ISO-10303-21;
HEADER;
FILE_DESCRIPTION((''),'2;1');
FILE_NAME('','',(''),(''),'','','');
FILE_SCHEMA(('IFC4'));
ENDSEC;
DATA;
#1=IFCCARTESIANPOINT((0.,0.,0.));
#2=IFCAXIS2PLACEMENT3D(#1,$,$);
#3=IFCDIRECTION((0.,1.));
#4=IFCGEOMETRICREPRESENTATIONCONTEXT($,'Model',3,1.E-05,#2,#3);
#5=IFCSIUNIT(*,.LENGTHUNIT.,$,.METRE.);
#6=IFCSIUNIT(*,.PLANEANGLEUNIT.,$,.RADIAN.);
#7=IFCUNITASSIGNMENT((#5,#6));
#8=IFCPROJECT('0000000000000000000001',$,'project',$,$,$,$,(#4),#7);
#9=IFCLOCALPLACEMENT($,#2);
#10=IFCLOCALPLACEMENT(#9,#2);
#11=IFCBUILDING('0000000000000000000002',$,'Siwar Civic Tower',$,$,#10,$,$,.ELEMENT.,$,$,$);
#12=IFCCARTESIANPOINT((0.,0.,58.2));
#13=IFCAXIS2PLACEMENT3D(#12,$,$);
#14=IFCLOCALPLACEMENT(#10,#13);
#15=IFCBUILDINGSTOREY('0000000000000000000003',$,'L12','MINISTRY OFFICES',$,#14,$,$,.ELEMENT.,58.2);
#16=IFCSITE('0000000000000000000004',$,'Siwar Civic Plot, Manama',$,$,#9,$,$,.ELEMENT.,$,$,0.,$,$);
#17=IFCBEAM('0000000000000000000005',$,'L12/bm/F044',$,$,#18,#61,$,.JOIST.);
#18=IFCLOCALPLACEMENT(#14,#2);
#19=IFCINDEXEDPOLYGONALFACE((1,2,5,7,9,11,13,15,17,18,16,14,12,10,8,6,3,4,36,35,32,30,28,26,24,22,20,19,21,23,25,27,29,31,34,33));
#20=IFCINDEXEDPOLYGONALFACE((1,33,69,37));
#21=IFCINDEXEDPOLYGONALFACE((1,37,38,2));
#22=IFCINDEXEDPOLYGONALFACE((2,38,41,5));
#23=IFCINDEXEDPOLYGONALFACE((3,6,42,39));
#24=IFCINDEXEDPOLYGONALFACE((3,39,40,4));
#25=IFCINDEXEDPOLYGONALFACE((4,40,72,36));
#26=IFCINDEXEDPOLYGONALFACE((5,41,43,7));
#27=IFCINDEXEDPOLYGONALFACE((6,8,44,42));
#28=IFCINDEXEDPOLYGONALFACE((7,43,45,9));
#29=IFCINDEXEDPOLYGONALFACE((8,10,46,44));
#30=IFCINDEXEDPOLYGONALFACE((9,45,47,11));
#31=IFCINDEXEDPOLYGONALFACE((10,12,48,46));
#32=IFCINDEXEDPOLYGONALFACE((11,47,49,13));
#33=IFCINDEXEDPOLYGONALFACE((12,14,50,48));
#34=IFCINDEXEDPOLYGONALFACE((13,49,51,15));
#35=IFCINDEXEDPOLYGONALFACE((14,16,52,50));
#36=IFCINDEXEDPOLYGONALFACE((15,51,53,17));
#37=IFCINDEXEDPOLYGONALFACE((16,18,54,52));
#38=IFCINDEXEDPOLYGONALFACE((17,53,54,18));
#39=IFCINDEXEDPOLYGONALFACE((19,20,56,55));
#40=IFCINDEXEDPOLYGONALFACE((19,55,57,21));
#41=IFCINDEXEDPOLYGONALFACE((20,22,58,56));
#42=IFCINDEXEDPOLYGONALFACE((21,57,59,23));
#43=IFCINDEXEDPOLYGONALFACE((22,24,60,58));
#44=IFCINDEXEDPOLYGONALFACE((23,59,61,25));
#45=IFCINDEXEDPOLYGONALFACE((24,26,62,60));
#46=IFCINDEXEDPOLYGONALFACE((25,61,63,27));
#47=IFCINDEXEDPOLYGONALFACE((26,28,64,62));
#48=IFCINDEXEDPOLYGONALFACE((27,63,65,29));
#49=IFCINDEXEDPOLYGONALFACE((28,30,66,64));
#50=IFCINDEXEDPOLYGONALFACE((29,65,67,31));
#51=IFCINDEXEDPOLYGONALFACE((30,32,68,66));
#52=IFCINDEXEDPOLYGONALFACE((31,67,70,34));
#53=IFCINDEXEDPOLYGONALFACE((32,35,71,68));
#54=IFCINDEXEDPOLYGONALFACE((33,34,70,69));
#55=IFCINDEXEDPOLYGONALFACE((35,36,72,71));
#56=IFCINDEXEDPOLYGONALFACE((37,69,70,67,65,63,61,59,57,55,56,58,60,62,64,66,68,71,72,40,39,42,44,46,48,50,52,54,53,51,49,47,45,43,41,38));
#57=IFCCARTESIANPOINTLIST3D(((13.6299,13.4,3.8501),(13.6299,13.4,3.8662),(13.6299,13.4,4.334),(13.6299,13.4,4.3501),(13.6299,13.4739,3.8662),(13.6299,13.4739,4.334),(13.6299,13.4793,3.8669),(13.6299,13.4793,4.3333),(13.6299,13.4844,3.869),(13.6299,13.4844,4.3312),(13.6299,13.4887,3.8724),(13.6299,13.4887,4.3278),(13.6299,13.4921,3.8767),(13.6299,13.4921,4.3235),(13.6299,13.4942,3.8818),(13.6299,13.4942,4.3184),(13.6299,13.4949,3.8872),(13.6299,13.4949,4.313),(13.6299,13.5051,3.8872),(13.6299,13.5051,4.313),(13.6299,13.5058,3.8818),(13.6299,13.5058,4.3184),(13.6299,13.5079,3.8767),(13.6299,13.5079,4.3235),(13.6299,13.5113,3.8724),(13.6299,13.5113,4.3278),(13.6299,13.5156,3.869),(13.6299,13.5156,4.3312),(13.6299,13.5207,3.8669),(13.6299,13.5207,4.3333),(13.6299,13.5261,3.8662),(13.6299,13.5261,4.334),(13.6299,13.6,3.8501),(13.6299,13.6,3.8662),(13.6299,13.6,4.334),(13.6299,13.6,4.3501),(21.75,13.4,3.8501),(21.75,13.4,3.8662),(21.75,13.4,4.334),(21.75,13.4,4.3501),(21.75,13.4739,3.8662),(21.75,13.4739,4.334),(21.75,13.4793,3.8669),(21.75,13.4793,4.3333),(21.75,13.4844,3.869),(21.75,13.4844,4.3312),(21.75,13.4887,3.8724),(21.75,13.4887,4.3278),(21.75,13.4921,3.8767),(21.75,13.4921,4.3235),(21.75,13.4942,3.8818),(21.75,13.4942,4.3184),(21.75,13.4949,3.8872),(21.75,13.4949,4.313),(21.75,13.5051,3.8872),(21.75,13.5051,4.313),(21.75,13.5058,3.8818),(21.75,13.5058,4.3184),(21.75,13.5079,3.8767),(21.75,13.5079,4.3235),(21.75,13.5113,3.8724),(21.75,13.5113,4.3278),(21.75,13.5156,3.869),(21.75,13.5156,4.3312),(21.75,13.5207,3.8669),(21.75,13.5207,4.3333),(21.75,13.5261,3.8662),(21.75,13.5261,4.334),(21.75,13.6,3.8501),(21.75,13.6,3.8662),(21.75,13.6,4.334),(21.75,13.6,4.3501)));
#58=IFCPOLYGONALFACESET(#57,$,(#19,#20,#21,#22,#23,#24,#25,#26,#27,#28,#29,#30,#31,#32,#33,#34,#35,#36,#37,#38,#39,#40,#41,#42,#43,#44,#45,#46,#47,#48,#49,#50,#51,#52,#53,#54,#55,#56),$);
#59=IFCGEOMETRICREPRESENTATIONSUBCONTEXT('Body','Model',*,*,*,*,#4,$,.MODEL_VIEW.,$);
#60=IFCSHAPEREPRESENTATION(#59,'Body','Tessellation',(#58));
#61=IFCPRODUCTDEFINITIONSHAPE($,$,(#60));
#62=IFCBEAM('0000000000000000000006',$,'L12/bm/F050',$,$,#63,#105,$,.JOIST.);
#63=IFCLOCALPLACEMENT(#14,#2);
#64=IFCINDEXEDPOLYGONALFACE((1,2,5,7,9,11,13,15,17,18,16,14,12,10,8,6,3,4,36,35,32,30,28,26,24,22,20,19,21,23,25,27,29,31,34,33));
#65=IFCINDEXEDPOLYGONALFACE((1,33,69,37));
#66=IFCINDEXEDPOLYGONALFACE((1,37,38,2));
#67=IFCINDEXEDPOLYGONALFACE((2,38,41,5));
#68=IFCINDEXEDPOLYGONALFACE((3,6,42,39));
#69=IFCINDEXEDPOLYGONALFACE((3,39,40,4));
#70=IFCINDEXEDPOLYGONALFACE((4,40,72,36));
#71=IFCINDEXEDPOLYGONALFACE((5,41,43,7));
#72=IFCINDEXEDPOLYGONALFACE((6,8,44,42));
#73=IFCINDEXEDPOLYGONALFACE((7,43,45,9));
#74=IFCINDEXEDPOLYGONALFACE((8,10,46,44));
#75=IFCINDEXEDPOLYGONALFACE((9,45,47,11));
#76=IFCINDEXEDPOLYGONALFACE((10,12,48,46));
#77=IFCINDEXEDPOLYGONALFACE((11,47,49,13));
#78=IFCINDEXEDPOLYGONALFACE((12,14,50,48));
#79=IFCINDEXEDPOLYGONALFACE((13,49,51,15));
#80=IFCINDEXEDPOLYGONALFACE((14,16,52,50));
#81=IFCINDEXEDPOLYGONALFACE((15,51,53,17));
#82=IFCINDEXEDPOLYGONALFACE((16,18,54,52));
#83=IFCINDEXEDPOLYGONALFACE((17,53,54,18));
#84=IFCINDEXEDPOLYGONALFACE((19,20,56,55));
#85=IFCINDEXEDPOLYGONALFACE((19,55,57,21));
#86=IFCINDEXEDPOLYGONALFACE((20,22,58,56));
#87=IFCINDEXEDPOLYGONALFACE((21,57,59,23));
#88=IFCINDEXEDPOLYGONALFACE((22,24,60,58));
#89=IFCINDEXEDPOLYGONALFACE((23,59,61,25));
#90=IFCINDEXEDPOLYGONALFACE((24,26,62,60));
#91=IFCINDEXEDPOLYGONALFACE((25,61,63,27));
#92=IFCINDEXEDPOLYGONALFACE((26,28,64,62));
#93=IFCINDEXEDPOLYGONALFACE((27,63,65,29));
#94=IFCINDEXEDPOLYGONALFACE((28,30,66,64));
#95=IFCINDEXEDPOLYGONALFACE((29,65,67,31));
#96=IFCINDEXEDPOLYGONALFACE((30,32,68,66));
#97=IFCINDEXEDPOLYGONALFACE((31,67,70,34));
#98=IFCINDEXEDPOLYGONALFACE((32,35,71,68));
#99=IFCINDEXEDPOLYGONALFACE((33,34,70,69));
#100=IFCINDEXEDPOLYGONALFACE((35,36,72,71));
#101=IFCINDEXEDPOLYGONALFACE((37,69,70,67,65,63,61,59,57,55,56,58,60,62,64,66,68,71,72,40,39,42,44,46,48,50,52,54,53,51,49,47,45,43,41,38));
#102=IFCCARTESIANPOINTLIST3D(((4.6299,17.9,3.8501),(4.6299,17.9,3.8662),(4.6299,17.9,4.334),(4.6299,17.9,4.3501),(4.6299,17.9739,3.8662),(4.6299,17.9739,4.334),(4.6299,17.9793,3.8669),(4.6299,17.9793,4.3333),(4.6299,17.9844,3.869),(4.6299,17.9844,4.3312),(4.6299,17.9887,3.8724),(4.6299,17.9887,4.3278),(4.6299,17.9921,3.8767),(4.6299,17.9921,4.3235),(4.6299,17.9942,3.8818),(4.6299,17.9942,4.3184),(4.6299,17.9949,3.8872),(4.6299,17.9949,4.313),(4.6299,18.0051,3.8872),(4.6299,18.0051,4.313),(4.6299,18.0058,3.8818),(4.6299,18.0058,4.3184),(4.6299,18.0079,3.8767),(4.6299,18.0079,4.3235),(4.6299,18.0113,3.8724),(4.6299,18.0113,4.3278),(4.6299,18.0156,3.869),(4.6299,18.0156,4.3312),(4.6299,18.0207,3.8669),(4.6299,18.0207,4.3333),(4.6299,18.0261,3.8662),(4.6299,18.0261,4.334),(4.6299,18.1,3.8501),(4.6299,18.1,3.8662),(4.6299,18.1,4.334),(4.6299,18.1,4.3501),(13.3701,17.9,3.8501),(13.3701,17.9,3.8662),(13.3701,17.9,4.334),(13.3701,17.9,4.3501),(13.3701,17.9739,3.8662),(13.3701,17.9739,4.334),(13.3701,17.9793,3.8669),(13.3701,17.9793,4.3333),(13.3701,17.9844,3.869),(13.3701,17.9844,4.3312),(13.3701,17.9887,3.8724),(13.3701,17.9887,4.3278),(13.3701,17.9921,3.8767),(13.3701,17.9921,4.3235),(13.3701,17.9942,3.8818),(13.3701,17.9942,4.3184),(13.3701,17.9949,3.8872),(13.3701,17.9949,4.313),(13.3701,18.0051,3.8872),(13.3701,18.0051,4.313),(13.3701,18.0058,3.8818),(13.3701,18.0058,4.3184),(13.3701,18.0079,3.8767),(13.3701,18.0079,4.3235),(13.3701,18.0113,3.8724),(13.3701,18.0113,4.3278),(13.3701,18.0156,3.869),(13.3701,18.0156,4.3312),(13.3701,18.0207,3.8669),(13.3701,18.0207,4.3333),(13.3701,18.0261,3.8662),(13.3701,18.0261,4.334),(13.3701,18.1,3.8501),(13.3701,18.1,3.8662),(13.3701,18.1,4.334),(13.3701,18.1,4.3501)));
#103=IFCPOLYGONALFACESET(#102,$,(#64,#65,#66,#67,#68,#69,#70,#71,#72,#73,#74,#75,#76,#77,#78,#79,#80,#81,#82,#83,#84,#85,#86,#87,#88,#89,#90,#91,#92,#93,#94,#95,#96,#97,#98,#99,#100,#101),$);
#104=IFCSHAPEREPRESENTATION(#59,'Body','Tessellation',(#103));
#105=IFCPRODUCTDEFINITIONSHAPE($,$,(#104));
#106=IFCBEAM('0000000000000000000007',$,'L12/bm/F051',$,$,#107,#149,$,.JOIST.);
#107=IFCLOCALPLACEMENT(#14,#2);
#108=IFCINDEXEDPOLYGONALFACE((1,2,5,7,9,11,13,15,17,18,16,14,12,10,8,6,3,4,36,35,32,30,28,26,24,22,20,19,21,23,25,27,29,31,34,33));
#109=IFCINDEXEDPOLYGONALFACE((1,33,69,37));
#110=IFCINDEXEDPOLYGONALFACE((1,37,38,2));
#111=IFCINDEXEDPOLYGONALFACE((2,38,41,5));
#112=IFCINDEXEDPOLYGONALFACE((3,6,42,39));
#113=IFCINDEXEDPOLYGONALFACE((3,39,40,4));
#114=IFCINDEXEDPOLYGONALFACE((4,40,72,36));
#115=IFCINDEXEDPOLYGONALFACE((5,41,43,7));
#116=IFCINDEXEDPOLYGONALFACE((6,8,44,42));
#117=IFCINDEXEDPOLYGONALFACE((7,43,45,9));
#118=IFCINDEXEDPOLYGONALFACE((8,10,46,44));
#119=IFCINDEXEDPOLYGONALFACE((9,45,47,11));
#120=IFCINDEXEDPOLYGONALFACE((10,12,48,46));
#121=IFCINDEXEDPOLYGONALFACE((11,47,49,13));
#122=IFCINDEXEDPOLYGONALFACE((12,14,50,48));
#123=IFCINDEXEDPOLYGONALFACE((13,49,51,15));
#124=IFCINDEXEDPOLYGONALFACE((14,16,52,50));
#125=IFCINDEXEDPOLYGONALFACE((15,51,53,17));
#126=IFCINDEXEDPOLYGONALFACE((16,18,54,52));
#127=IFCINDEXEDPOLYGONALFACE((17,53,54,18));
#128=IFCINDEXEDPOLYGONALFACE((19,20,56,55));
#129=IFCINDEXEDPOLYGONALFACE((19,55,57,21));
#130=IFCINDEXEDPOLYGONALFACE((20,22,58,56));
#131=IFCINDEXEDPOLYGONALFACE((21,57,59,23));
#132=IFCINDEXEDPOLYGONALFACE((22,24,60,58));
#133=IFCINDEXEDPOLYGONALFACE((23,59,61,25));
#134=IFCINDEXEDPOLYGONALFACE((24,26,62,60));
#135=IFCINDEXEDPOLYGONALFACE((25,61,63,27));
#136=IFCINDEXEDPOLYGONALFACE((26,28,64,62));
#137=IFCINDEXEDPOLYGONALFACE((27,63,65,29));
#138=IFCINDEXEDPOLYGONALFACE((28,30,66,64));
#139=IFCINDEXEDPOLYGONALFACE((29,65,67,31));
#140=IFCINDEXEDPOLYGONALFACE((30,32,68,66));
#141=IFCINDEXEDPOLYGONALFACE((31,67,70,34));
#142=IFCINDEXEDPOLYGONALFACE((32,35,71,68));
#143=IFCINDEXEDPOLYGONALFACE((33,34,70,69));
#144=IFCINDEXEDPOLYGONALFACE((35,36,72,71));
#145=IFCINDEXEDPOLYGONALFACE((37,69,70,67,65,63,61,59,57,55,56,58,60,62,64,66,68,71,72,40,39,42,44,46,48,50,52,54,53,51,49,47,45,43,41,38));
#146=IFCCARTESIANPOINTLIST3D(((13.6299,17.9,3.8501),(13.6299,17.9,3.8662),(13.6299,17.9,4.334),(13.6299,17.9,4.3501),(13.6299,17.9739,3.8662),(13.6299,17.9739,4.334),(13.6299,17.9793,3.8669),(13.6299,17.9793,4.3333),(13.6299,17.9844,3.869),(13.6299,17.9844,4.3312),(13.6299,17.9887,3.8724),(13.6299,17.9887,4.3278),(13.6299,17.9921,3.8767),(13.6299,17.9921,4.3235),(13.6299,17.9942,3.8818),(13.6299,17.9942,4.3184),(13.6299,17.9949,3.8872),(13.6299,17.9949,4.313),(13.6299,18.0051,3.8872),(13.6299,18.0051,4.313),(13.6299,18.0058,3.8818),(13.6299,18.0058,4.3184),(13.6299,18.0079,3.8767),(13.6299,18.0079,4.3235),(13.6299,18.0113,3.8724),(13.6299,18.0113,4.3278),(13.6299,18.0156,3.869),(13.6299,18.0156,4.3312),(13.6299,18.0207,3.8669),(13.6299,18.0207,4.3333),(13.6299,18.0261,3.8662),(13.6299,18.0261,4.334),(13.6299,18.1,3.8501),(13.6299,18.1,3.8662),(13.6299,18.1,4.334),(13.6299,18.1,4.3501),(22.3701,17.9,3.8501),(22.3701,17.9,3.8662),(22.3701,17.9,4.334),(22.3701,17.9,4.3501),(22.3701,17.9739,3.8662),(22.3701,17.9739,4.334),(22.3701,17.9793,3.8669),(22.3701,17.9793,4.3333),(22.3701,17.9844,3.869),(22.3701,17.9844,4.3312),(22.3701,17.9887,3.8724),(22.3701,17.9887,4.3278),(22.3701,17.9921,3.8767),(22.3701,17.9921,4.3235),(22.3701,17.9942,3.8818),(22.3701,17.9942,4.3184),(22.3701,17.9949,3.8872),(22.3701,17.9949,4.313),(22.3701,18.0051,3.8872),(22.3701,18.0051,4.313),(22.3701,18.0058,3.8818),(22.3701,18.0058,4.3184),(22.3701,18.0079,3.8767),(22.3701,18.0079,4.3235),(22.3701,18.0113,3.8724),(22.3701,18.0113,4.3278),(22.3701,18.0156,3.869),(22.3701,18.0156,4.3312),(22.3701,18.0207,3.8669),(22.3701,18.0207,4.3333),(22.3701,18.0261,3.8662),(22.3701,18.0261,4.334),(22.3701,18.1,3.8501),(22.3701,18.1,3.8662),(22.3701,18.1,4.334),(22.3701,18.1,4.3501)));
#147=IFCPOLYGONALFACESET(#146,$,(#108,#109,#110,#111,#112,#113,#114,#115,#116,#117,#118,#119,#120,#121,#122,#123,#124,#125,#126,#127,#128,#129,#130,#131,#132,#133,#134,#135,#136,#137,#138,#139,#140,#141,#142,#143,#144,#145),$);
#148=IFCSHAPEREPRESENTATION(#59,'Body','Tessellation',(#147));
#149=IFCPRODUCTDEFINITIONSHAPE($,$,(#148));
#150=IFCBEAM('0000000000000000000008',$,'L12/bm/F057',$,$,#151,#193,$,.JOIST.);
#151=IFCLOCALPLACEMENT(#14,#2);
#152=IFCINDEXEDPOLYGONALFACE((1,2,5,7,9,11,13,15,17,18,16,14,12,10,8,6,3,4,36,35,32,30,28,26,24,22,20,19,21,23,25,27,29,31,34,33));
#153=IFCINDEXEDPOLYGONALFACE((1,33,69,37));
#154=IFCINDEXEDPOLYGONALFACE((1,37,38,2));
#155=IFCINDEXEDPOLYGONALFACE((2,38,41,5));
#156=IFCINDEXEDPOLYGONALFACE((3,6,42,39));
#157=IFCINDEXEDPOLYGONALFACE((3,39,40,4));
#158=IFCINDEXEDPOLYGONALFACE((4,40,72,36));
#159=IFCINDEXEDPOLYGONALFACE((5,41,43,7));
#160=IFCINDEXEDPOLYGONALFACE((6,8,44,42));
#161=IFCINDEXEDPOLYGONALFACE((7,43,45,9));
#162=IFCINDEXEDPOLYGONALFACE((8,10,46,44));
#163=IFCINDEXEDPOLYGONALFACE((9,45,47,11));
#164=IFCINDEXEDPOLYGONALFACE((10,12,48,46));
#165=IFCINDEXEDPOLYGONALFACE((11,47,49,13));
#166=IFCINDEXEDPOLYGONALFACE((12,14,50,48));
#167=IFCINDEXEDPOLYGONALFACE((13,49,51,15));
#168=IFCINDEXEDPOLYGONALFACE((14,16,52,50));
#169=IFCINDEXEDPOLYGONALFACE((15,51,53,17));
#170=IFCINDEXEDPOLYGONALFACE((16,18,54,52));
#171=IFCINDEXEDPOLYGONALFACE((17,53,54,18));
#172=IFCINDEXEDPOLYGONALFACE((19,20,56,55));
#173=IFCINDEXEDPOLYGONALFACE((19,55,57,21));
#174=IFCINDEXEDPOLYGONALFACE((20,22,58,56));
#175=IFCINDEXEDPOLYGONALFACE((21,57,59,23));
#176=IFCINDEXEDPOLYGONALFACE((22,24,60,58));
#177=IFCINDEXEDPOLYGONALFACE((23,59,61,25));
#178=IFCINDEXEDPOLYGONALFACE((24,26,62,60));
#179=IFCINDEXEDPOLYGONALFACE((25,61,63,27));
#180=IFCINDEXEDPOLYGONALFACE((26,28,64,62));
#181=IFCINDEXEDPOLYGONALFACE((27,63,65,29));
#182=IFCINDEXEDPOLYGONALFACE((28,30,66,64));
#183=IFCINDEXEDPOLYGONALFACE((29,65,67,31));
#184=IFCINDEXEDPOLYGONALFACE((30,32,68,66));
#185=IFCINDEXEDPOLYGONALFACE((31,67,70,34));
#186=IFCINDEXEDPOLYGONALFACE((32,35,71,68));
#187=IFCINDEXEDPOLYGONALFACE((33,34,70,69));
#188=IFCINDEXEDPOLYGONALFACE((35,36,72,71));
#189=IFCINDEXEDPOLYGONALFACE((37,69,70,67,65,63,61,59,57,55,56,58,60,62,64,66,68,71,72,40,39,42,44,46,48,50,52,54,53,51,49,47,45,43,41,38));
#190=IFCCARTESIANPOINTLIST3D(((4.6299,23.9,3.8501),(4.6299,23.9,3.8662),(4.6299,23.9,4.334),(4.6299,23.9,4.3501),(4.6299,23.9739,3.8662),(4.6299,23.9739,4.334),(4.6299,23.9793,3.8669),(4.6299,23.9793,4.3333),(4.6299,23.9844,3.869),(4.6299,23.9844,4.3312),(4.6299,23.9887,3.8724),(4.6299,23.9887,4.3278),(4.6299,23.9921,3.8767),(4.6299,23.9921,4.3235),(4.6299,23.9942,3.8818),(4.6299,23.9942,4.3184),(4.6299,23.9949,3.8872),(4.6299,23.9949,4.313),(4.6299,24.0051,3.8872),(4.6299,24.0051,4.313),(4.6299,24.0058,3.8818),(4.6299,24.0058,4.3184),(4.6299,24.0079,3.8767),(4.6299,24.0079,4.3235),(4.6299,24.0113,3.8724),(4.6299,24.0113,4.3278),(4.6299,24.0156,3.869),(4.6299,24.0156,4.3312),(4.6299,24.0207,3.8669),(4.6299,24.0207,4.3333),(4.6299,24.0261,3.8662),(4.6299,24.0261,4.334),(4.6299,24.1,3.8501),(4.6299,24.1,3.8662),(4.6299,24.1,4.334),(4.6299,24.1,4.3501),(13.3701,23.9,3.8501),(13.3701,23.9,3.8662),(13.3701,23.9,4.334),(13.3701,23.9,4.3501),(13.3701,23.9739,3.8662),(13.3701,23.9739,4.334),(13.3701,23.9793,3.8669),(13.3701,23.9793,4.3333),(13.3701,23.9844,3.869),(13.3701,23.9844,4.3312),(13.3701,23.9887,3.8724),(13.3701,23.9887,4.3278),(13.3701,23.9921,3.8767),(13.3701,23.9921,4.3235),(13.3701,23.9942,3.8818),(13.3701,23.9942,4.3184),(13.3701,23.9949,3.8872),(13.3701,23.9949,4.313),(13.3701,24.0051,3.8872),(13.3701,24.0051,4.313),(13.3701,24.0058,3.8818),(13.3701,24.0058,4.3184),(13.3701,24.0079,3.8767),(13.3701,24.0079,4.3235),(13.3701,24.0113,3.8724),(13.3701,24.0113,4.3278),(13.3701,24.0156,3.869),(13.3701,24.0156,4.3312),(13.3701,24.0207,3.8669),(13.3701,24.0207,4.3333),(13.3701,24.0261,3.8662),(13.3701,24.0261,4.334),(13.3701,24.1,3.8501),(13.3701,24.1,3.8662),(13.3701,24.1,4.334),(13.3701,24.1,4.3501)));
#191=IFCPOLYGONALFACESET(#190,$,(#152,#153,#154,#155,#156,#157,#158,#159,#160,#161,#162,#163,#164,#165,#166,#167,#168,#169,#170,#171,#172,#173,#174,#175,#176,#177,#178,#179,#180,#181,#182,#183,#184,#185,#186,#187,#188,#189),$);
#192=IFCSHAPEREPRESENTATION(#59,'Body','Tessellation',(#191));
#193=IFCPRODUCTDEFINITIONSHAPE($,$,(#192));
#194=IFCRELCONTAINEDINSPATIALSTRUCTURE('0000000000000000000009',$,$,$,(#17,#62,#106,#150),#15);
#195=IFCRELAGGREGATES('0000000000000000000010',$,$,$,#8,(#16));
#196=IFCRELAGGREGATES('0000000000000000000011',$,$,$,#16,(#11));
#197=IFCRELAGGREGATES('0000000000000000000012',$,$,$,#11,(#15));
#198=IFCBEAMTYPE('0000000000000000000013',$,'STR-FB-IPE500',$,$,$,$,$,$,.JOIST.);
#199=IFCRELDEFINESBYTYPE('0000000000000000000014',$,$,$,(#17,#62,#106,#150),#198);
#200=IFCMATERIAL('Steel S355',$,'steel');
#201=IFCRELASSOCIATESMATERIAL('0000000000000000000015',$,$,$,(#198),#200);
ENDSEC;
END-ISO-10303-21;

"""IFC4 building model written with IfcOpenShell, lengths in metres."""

from ifc_helpers import new_model, si_unit, direction, frame, origin, origin_2d, place, context, subcontext, project, spatial, i_section, extrude, material, material_profile, profile_set, type_object, element, save


model = new_model("IFC4")

# Units and contexts
model_context = context("Model", 3, precision=1e-05, world=origin(), true_north=direction((0.0, 1.0)))
body_context = subcontext(model_context, "Body", "Model", "MODEL_VIEW")
ifc_project = project(units=[si_unit("LENGTHUNIT", "METRE"), si_unit("PLANEANGLEUNIT", "RADIAN")], contexts=[model_context])

# Site, building, storey
site_placement = place(None, origin())
site = spatial("IfcSite", under=ifc_project, at=site_placement, Name="Siwar Civic Plot, Manama", CompositionType="ELEMENT", RefElevation=0.0)
building_placement = place(site_placement, origin())
building = spatial("IfcBuilding", under=site, at=building_placement, Name="Siwar Civic Tower", CompositionType="ELEMENT")
storey_placement = place(building_placement, frame((0.0, 0.0, 58.2)))
storey = spatial("IfcBuildingStorey", under=building, at=storey_placement, Name="L12", Description="MINISTRY OFFICES", CompositionType="ELEMENT", Elevation=58.2)

# Beams
ifc_material_1 = material(Name="Steel S355", Category="steel")
ifc_material_profile_1 = material_profile(ifc_material_1, i_section(OverallWidth=0.2, OverallDepth=0.5, WebThickness=0.0103, FlangeThickness=0.0161, FilletRadius=0.021, at=origin_2d()), Name="IPE500")
ifc_profile_set_1 = profile_set([ifc_material_profile_1], Name="Steel S355")
beam_type_1 = type_object("IfcBeamType", Name="STR-FB-IPE500", PredefinedType="JOIST", material=ifc_profile_set_1)
beam_1_placement = place(storey_placement, frame((13.6299, 13.5, 4.1001), z_axis=(1.0, 0.0, 0.0), x_axis=(0.0, 1.0, 0.0)))
element("IfcBeam", 1, at=beam_1_placement, inside=storey, type_object=beam_type_1, Name="L12/bm/F044", PredefinedType="JOIST", context=body_context, shape_type="SweptSolid", body=[
    extrude(i_section(OverallWidth=0.2, OverallDepth=0.5, WebThickness=0.0103, FlangeThickness=0.0161, FilletRadius=0.021, at=origin_2d()), origin(), (0.0, 0.0, 1.0), 8.1201),
])
for number, where, z_axis, x_axis, name in (
    (2, (4.6299, 18.0, 4.1001), (1.0, 0.0, 0.0), (0.0, 1.0, 0.0), "L12/bm/F050"),
    (3, (13.6299, 18.0, 4.1001), (1.0, 0.0, 0.0), (0.0, 1.0, 0.0), "L12/bm/F051"),
    (4, (4.6299, 24.0, 4.1001), (1.0, 0.0, 0.0), (0.0, 1.0, 0.0), "L12/bm/F057"),
):
    element("IfcBeam", number, at=place(storey_placement, frame(where, z_axis=z_axis, x_axis=x_axis)), inside=storey, type_object=beam_type_1, Name=name, PredefinedType="JOIST", context=body_context, shape_type="SweptSolid", body=[
        extrude(i_section(OverallWidth=0.2, OverallDepth=0.5, WebThickness=0.0103, FlangeThickness=0.0161, FilletRadius=0.021, at=origin_2d()), origin(), (0.0, 0.0, 1.0), 8.7402),
    ])

save(model, "model.ifc")
